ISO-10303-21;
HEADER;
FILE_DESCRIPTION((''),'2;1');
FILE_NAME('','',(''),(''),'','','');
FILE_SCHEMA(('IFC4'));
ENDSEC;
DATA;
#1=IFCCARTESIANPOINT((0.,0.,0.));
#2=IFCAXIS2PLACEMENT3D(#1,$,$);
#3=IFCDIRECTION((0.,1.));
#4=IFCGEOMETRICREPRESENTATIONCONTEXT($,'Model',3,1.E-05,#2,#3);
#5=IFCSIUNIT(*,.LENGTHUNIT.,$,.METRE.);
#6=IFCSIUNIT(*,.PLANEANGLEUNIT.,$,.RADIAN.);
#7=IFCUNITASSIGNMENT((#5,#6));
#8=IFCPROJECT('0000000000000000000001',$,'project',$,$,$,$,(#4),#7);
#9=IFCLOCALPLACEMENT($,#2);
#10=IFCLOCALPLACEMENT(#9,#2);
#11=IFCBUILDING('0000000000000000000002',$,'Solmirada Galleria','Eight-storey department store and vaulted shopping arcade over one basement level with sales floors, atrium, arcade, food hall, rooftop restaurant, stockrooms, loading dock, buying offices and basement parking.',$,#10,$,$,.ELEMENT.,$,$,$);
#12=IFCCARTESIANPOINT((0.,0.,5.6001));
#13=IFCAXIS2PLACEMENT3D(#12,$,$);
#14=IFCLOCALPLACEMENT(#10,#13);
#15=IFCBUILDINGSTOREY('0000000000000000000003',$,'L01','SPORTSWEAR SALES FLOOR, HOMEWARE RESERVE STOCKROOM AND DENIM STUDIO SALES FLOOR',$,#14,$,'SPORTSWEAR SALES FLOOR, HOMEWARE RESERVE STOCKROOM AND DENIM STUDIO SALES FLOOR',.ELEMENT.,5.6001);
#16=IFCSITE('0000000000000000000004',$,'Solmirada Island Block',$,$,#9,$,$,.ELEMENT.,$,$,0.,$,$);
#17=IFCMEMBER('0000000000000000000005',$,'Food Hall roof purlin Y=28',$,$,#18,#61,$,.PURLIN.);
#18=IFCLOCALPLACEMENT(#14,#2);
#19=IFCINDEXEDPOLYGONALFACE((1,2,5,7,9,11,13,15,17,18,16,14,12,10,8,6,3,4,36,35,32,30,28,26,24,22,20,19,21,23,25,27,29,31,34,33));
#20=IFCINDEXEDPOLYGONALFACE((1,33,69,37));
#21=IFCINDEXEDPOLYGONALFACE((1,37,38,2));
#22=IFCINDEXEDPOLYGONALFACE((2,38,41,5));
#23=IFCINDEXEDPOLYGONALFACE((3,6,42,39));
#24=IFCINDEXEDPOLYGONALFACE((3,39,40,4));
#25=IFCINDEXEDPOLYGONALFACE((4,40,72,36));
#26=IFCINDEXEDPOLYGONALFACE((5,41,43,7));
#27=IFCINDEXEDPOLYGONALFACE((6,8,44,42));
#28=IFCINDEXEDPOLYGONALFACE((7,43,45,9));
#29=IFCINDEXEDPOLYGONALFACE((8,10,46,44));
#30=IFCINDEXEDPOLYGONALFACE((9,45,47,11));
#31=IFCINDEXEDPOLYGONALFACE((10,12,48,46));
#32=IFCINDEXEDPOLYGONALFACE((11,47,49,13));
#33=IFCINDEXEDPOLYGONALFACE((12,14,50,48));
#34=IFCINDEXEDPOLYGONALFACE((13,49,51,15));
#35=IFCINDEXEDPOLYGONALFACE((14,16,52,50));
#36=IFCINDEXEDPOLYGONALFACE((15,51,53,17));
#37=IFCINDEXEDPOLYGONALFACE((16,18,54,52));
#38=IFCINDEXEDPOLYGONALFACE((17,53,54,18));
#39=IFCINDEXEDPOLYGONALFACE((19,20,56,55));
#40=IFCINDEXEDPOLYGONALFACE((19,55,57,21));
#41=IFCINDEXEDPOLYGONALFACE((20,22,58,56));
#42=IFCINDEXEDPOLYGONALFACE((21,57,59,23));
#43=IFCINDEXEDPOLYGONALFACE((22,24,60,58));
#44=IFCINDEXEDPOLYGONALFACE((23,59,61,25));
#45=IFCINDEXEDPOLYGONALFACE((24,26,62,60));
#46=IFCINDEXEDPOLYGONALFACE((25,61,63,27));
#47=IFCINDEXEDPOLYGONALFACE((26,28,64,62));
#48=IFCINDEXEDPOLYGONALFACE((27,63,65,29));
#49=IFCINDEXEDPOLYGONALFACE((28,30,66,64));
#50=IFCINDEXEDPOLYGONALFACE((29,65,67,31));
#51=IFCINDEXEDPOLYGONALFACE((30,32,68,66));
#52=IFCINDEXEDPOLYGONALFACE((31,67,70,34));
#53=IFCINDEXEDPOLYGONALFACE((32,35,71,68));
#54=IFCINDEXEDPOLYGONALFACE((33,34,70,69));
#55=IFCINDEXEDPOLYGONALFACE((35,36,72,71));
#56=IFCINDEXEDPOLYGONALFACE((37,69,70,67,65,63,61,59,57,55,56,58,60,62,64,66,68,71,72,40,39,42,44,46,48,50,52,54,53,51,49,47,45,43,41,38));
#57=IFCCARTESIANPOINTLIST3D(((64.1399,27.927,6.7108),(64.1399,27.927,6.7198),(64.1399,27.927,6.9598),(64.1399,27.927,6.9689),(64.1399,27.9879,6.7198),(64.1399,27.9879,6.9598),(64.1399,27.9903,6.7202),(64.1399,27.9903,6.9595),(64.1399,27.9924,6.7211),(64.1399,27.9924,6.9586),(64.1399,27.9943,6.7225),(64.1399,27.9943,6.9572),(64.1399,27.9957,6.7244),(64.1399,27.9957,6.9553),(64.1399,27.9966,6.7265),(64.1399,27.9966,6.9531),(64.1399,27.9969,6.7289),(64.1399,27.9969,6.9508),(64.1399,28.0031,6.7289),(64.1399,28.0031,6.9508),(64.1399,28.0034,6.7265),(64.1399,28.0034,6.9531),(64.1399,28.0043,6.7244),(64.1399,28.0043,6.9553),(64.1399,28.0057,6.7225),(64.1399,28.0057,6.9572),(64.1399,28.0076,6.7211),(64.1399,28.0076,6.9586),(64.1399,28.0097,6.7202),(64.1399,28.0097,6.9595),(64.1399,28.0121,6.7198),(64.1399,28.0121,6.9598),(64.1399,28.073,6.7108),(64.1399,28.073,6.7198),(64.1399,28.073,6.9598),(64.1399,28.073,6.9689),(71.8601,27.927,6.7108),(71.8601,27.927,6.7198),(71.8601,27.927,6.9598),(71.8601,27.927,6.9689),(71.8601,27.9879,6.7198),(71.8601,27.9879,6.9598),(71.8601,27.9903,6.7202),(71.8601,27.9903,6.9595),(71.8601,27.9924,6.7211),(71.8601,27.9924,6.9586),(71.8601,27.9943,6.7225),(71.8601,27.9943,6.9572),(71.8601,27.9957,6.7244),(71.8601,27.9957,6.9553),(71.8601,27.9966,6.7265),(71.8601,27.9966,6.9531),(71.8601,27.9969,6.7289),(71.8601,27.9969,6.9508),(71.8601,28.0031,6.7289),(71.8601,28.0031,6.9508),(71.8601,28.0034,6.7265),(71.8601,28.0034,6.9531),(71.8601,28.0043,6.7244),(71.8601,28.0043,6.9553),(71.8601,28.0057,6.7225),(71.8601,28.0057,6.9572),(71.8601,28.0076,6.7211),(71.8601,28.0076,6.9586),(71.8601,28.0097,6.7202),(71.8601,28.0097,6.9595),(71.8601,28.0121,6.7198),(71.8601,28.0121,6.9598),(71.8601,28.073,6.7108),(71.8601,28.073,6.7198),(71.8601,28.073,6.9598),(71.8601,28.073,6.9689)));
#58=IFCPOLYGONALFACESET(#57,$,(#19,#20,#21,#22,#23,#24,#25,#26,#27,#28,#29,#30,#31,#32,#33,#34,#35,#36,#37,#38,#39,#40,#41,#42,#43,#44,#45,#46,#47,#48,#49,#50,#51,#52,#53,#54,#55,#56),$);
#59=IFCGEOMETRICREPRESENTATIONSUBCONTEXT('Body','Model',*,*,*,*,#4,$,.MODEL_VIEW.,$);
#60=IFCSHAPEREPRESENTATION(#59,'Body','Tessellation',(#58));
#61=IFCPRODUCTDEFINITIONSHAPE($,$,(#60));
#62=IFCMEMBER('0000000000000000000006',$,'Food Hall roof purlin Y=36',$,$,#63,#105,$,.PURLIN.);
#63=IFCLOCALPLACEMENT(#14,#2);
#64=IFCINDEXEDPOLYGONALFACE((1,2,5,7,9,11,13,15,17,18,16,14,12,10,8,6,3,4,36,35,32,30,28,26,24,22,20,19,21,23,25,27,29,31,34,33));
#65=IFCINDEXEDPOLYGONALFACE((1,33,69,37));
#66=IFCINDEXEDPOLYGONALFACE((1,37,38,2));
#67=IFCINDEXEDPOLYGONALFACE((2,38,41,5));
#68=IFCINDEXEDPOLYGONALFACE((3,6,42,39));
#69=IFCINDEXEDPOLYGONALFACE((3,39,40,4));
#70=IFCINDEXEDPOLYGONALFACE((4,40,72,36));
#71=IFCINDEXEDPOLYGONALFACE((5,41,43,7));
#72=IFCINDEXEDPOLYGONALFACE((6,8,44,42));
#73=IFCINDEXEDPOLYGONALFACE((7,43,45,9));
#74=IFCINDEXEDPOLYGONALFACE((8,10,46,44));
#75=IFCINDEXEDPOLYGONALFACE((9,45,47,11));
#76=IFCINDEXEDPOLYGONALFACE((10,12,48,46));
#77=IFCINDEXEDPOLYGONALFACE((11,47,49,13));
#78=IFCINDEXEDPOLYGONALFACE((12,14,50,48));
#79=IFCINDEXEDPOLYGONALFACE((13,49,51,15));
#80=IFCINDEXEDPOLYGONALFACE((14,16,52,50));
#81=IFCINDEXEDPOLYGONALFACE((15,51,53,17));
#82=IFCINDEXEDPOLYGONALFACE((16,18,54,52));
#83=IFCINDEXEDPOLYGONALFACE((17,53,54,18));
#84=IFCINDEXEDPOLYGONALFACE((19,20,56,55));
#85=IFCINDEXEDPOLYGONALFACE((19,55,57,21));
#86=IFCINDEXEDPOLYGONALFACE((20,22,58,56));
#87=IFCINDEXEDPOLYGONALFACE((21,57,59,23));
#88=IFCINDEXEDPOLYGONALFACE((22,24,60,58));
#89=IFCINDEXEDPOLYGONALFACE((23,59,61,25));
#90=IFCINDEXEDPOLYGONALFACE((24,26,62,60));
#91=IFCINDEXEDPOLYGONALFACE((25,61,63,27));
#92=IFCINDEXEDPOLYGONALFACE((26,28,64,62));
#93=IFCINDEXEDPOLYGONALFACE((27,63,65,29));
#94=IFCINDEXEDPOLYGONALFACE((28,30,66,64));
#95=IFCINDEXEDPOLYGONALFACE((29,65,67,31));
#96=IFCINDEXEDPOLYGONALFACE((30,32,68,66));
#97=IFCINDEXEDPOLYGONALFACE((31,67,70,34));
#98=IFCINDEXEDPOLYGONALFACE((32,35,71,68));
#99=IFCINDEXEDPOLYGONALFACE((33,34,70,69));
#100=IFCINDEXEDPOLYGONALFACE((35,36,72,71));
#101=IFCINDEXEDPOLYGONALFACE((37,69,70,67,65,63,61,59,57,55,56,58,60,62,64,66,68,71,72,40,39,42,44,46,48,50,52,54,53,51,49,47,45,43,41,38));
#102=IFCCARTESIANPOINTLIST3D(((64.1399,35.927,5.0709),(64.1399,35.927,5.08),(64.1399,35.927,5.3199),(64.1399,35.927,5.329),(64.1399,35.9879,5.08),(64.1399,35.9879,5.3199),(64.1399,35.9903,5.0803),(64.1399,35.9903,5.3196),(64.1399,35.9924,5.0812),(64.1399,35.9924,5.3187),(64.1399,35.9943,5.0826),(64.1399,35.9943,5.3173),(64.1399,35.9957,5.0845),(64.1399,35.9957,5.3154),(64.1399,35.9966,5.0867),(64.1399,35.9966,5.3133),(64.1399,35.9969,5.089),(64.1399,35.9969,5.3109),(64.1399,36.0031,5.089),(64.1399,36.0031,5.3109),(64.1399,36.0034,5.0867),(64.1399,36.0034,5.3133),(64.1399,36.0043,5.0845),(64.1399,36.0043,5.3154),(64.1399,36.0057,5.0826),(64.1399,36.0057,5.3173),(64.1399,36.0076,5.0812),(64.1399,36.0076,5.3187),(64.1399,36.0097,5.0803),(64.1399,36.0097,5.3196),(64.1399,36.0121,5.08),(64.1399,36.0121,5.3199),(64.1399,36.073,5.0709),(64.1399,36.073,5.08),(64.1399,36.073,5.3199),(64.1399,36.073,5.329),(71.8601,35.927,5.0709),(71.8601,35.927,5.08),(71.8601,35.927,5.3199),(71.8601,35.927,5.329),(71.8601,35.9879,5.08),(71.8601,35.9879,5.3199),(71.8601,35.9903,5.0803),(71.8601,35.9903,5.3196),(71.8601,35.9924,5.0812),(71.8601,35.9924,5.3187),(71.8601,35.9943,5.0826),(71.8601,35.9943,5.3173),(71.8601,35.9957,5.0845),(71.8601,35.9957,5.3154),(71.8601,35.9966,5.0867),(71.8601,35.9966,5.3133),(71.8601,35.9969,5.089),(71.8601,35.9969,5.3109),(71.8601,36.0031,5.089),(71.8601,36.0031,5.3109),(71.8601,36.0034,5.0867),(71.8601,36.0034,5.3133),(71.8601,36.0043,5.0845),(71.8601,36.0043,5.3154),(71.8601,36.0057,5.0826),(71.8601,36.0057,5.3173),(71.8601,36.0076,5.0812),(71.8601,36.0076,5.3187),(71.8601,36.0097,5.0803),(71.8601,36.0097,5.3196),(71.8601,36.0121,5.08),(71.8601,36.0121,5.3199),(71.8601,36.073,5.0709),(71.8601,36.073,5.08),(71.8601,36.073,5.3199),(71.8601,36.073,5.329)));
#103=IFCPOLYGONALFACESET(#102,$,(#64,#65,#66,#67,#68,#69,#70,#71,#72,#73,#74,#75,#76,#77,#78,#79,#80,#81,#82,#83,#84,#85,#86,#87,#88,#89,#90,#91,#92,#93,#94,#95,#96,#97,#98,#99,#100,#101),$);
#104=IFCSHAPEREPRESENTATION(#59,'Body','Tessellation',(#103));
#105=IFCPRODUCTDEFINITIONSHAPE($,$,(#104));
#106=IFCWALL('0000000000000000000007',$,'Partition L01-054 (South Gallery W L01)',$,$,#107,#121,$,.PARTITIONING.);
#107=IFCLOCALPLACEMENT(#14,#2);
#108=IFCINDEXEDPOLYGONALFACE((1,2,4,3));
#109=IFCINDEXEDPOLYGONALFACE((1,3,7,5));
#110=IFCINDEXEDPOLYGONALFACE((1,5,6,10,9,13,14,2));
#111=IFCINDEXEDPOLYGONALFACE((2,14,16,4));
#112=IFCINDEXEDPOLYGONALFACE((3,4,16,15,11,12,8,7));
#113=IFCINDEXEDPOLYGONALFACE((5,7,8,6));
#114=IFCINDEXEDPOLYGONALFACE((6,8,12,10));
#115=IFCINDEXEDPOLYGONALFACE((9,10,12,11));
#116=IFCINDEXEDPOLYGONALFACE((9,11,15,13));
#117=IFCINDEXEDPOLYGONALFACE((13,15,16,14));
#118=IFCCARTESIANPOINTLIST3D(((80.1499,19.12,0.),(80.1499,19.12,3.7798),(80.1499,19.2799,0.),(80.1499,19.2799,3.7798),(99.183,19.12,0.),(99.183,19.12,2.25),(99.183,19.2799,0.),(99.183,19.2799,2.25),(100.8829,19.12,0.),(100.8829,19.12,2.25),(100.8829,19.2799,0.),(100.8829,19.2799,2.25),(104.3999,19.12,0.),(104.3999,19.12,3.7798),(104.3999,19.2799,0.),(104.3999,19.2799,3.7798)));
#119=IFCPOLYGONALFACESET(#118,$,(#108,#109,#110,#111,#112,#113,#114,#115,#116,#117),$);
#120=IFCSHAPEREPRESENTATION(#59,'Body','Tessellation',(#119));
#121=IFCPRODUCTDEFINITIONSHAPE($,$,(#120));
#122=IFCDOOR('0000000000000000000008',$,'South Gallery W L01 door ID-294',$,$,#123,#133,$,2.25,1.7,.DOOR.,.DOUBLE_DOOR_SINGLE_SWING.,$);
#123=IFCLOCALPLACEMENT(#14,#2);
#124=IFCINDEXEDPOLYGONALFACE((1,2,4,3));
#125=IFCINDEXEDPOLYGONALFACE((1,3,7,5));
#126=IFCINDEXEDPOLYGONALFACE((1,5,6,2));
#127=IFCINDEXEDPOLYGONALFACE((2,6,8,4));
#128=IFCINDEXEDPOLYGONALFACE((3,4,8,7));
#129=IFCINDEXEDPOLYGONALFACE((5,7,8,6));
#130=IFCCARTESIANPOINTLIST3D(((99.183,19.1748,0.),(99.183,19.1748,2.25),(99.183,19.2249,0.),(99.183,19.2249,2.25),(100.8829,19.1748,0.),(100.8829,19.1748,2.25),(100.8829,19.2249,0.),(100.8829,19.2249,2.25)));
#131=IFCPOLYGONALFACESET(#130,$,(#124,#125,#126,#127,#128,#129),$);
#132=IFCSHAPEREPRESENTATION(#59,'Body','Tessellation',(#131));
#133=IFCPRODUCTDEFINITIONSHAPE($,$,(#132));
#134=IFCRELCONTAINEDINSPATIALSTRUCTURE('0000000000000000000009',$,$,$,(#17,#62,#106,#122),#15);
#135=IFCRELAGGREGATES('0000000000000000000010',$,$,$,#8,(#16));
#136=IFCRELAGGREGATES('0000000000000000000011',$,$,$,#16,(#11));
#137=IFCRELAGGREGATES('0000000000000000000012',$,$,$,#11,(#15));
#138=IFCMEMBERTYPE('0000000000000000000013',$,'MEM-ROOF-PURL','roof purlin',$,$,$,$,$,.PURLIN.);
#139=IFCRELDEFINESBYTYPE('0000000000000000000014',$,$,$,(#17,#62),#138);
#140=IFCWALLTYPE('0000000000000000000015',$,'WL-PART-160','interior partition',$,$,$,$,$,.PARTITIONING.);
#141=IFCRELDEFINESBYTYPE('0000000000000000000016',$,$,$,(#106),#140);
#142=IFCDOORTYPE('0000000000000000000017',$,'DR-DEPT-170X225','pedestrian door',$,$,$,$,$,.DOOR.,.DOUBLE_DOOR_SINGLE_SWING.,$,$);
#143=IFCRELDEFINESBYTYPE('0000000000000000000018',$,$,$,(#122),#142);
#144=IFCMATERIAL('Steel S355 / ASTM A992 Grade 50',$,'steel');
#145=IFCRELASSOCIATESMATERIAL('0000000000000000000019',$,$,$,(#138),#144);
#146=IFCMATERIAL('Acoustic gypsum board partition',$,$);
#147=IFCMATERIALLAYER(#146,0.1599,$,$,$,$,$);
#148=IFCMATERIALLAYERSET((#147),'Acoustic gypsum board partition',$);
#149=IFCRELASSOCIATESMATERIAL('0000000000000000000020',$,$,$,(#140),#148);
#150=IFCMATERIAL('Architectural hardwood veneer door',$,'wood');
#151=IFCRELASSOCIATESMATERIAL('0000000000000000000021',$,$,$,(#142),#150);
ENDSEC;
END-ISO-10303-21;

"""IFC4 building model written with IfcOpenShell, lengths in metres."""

from ifc_helpers import new_model, si_unit, direction, frame, frame_2d, origin, origin_2d, place, context, subcontext, project, spatial, rectangle, i_section, extrude, material, layer, layer_set, material_profile, profile_set, type_object, element, fill, save


model = new_model("IFC4")

# Units and contexts
model_context = context("Model", 3, precision=1e-05, world=origin(), true_north=direction((0.0, 1.0)))
body_context = subcontext(model_context, "Body", "Model", "MODEL_VIEW")
ifc_project = project(units=[si_unit("LENGTHUNIT", "METRE"), si_unit("PLANEANGLEUNIT", "RADIAN")], contexts=[model_context])

# Site, building, storey
site_placement = place(None, origin())
site = spatial("IfcSite", under=ifc_project, at=site_placement, Name="Solmirada Island Block", CompositionType="ELEMENT", RefElevation=0.0)
building_placement = place(site_placement, origin())
building = spatial("IfcBuilding", under=site, at=building_placement, Name="Solmirada Galleria", Description="Eight-storey department store and vaulted shopping arcade over one basement level with sales floors, atrium, arcade, food hall, rooftop restaurant, stockrooms, loading dock, buying offices and basement parking.", CompositionType="ELEMENT")
storey_placement = place(building_placement, frame((0.0, 0.0, 5.6001)))
storey = spatial("IfcBuildingStorey", under=building, at=storey_placement, Name="L01", Description="SPORTSWEAR SALES FLOOR, HOMEWARE RESERVE STOCKROOM AND DENIM STUDIO SALES FLOOR", LongName="SPORTSWEAR SALES FLOOR, HOMEWARE RESERVE STOCKROOM AND DENIM STUDIO SALES FLOOR", CompositionType="ELEMENT", Elevation=5.6001)

# Shared definitions
ifc_material_1 = material(Name="Steel S355 / ASTM A992 Grade 50", Category="steel")

# Members
ifc_material_profile_1 = material_profile(ifc_material_1, i_section(OverallWidth=0.146, OverallDepth=0.2581, WebThickness=0.0061, FlangeThickness=0.009, FilletRadius=0.009, at=origin_2d()), Name="W10X22")
ifc_profile_set_1 = profile_set([ifc_material_profile_1], Name="Steel S355 / ASTM A992 Grade 50")
member_type_1 = type_object("IfcMemberType", Name="MEM-ROOF-PURL", Description="roof purlin", PredefinedType="PURLIN", material=ifc_profile_set_1)
for number, where, z_axis, x_axis, name in (
    (1, (64.1399, 28.0, 6.8398), (1.0, 0.0, 0.0), (0.0, 1.0, 0.0), "Food Hall roof purlin Y=28"),
    (2, (64.1399, 36.0, 5.2), (1.0, 0.0, 0.0), (0.0, 1.0, 0.0), "Food Hall roof purlin Y=36"),
):
    element("IfcMember", number, at=place(storey_placement, frame(where, z_axis=z_axis, x_axis=x_axis)), inside=storey, type_object=member_type_1, Name=name, PredefinedType="PURLIN", context=body_context, shape_type="SweptSolid", body=[
        extrude(i_section(OverallWidth=0.146, OverallDepth=0.2581, WebThickness=0.0061, FlangeThickness=0.009, FilletRadius=0.009, at=origin_2d()), origin(), (0.0, 0.0, 1.0), 7.7202),
    ])

# Wall, opening, door
ifc_material_2 = material(Name="Acoustic gypsum board partition")
ifc_layer_1 = layer(ifc_material_2, 0.1599)
ifc_layer_set_1 = layer_set([ifc_layer_1], Name="Acoustic gypsum board partition")
wall_type = type_object("IfcWallType", Name="WL-PART-160", Description="interior partition", PredefinedType="PARTITIONING", material=ifc_layer_set_1)
wall_placement = place(storey_placement, frame((80.1499, 19.2, 0.0), z_axis=(0.0, 0.0, 1.0), x_axis=(1.0, 0.0, 0.0)))
wall = element("IfcWall", 3, at=wall_placement, inside=storey, type_object=wall_type, Name="Partition L01-054 (South Gallery W L01)", PredefinedType="PARTITIONING", context=body_context, shape_type="SweptSolid", body=[
    extrude(rectangle(XDim=24.25, YDim=0.1599, at=frame_2d((12.125, 0.0))), origin(), (0.0, 0.0, 1.0), 3.7798),
])
opening_placement = place(wall_placement, frame((19.033, 0.0, 0.0)))
opening = element("IfcOpeningElement", 4, at=opening_placement, cuts=wall, PredefinedType="OPENING", context=body_context, shape_type="SweptSolid", body=[
    extrude(rectangle(XDim=1.7, YDim=2.25, at=frame_2d((0.8501, 1.125))), frame((0.0, 0.0898, 0.0), z_axis=(0.0, -1.0, 0.0), x_axis=(1.0, 0.0, 0.0)), (0.0, 0.0, 1.0), 0.1799),
])
ifc_material_3 = material(Name="Architectural hardwood veneer door", Category="wood")
door_type = type_object("IfcDoorType", Name="DR-DEPT-170X225", Description="pedestrian door", OperationType="DOUBLE_DOOR_SINGLE_SWING", PredefinedType="DOOR", material=ifc_material_3)
door_placement = place(opening_placement, origin())
door = element("IfcDoor", 5, at=door_placement, inside=storey, type_object=door_type, Name="South Gallery W L01 door ID-294", OperationType="DOUBLE_DOOR_SINGLE_SWING", OverallHeight=2.25, OverallWidth=1.7, PredefinedType="DOOR", context=body_context, shape_type="SweptSolid", body=[
    extrude(rectangle(XDim=1.7, YDim=2.25, at=frame_2d((0.8501, 1.125))), frame((0.0, 0.0249, 0.0), z_axis=(0.0, -1.0, 0.0), x_axis=(1.0, 0.0, 0.0)), (0.0, 0.0, 1.0), 0.05),
])
fill(opening, door)

save(model, "model.ifc")
